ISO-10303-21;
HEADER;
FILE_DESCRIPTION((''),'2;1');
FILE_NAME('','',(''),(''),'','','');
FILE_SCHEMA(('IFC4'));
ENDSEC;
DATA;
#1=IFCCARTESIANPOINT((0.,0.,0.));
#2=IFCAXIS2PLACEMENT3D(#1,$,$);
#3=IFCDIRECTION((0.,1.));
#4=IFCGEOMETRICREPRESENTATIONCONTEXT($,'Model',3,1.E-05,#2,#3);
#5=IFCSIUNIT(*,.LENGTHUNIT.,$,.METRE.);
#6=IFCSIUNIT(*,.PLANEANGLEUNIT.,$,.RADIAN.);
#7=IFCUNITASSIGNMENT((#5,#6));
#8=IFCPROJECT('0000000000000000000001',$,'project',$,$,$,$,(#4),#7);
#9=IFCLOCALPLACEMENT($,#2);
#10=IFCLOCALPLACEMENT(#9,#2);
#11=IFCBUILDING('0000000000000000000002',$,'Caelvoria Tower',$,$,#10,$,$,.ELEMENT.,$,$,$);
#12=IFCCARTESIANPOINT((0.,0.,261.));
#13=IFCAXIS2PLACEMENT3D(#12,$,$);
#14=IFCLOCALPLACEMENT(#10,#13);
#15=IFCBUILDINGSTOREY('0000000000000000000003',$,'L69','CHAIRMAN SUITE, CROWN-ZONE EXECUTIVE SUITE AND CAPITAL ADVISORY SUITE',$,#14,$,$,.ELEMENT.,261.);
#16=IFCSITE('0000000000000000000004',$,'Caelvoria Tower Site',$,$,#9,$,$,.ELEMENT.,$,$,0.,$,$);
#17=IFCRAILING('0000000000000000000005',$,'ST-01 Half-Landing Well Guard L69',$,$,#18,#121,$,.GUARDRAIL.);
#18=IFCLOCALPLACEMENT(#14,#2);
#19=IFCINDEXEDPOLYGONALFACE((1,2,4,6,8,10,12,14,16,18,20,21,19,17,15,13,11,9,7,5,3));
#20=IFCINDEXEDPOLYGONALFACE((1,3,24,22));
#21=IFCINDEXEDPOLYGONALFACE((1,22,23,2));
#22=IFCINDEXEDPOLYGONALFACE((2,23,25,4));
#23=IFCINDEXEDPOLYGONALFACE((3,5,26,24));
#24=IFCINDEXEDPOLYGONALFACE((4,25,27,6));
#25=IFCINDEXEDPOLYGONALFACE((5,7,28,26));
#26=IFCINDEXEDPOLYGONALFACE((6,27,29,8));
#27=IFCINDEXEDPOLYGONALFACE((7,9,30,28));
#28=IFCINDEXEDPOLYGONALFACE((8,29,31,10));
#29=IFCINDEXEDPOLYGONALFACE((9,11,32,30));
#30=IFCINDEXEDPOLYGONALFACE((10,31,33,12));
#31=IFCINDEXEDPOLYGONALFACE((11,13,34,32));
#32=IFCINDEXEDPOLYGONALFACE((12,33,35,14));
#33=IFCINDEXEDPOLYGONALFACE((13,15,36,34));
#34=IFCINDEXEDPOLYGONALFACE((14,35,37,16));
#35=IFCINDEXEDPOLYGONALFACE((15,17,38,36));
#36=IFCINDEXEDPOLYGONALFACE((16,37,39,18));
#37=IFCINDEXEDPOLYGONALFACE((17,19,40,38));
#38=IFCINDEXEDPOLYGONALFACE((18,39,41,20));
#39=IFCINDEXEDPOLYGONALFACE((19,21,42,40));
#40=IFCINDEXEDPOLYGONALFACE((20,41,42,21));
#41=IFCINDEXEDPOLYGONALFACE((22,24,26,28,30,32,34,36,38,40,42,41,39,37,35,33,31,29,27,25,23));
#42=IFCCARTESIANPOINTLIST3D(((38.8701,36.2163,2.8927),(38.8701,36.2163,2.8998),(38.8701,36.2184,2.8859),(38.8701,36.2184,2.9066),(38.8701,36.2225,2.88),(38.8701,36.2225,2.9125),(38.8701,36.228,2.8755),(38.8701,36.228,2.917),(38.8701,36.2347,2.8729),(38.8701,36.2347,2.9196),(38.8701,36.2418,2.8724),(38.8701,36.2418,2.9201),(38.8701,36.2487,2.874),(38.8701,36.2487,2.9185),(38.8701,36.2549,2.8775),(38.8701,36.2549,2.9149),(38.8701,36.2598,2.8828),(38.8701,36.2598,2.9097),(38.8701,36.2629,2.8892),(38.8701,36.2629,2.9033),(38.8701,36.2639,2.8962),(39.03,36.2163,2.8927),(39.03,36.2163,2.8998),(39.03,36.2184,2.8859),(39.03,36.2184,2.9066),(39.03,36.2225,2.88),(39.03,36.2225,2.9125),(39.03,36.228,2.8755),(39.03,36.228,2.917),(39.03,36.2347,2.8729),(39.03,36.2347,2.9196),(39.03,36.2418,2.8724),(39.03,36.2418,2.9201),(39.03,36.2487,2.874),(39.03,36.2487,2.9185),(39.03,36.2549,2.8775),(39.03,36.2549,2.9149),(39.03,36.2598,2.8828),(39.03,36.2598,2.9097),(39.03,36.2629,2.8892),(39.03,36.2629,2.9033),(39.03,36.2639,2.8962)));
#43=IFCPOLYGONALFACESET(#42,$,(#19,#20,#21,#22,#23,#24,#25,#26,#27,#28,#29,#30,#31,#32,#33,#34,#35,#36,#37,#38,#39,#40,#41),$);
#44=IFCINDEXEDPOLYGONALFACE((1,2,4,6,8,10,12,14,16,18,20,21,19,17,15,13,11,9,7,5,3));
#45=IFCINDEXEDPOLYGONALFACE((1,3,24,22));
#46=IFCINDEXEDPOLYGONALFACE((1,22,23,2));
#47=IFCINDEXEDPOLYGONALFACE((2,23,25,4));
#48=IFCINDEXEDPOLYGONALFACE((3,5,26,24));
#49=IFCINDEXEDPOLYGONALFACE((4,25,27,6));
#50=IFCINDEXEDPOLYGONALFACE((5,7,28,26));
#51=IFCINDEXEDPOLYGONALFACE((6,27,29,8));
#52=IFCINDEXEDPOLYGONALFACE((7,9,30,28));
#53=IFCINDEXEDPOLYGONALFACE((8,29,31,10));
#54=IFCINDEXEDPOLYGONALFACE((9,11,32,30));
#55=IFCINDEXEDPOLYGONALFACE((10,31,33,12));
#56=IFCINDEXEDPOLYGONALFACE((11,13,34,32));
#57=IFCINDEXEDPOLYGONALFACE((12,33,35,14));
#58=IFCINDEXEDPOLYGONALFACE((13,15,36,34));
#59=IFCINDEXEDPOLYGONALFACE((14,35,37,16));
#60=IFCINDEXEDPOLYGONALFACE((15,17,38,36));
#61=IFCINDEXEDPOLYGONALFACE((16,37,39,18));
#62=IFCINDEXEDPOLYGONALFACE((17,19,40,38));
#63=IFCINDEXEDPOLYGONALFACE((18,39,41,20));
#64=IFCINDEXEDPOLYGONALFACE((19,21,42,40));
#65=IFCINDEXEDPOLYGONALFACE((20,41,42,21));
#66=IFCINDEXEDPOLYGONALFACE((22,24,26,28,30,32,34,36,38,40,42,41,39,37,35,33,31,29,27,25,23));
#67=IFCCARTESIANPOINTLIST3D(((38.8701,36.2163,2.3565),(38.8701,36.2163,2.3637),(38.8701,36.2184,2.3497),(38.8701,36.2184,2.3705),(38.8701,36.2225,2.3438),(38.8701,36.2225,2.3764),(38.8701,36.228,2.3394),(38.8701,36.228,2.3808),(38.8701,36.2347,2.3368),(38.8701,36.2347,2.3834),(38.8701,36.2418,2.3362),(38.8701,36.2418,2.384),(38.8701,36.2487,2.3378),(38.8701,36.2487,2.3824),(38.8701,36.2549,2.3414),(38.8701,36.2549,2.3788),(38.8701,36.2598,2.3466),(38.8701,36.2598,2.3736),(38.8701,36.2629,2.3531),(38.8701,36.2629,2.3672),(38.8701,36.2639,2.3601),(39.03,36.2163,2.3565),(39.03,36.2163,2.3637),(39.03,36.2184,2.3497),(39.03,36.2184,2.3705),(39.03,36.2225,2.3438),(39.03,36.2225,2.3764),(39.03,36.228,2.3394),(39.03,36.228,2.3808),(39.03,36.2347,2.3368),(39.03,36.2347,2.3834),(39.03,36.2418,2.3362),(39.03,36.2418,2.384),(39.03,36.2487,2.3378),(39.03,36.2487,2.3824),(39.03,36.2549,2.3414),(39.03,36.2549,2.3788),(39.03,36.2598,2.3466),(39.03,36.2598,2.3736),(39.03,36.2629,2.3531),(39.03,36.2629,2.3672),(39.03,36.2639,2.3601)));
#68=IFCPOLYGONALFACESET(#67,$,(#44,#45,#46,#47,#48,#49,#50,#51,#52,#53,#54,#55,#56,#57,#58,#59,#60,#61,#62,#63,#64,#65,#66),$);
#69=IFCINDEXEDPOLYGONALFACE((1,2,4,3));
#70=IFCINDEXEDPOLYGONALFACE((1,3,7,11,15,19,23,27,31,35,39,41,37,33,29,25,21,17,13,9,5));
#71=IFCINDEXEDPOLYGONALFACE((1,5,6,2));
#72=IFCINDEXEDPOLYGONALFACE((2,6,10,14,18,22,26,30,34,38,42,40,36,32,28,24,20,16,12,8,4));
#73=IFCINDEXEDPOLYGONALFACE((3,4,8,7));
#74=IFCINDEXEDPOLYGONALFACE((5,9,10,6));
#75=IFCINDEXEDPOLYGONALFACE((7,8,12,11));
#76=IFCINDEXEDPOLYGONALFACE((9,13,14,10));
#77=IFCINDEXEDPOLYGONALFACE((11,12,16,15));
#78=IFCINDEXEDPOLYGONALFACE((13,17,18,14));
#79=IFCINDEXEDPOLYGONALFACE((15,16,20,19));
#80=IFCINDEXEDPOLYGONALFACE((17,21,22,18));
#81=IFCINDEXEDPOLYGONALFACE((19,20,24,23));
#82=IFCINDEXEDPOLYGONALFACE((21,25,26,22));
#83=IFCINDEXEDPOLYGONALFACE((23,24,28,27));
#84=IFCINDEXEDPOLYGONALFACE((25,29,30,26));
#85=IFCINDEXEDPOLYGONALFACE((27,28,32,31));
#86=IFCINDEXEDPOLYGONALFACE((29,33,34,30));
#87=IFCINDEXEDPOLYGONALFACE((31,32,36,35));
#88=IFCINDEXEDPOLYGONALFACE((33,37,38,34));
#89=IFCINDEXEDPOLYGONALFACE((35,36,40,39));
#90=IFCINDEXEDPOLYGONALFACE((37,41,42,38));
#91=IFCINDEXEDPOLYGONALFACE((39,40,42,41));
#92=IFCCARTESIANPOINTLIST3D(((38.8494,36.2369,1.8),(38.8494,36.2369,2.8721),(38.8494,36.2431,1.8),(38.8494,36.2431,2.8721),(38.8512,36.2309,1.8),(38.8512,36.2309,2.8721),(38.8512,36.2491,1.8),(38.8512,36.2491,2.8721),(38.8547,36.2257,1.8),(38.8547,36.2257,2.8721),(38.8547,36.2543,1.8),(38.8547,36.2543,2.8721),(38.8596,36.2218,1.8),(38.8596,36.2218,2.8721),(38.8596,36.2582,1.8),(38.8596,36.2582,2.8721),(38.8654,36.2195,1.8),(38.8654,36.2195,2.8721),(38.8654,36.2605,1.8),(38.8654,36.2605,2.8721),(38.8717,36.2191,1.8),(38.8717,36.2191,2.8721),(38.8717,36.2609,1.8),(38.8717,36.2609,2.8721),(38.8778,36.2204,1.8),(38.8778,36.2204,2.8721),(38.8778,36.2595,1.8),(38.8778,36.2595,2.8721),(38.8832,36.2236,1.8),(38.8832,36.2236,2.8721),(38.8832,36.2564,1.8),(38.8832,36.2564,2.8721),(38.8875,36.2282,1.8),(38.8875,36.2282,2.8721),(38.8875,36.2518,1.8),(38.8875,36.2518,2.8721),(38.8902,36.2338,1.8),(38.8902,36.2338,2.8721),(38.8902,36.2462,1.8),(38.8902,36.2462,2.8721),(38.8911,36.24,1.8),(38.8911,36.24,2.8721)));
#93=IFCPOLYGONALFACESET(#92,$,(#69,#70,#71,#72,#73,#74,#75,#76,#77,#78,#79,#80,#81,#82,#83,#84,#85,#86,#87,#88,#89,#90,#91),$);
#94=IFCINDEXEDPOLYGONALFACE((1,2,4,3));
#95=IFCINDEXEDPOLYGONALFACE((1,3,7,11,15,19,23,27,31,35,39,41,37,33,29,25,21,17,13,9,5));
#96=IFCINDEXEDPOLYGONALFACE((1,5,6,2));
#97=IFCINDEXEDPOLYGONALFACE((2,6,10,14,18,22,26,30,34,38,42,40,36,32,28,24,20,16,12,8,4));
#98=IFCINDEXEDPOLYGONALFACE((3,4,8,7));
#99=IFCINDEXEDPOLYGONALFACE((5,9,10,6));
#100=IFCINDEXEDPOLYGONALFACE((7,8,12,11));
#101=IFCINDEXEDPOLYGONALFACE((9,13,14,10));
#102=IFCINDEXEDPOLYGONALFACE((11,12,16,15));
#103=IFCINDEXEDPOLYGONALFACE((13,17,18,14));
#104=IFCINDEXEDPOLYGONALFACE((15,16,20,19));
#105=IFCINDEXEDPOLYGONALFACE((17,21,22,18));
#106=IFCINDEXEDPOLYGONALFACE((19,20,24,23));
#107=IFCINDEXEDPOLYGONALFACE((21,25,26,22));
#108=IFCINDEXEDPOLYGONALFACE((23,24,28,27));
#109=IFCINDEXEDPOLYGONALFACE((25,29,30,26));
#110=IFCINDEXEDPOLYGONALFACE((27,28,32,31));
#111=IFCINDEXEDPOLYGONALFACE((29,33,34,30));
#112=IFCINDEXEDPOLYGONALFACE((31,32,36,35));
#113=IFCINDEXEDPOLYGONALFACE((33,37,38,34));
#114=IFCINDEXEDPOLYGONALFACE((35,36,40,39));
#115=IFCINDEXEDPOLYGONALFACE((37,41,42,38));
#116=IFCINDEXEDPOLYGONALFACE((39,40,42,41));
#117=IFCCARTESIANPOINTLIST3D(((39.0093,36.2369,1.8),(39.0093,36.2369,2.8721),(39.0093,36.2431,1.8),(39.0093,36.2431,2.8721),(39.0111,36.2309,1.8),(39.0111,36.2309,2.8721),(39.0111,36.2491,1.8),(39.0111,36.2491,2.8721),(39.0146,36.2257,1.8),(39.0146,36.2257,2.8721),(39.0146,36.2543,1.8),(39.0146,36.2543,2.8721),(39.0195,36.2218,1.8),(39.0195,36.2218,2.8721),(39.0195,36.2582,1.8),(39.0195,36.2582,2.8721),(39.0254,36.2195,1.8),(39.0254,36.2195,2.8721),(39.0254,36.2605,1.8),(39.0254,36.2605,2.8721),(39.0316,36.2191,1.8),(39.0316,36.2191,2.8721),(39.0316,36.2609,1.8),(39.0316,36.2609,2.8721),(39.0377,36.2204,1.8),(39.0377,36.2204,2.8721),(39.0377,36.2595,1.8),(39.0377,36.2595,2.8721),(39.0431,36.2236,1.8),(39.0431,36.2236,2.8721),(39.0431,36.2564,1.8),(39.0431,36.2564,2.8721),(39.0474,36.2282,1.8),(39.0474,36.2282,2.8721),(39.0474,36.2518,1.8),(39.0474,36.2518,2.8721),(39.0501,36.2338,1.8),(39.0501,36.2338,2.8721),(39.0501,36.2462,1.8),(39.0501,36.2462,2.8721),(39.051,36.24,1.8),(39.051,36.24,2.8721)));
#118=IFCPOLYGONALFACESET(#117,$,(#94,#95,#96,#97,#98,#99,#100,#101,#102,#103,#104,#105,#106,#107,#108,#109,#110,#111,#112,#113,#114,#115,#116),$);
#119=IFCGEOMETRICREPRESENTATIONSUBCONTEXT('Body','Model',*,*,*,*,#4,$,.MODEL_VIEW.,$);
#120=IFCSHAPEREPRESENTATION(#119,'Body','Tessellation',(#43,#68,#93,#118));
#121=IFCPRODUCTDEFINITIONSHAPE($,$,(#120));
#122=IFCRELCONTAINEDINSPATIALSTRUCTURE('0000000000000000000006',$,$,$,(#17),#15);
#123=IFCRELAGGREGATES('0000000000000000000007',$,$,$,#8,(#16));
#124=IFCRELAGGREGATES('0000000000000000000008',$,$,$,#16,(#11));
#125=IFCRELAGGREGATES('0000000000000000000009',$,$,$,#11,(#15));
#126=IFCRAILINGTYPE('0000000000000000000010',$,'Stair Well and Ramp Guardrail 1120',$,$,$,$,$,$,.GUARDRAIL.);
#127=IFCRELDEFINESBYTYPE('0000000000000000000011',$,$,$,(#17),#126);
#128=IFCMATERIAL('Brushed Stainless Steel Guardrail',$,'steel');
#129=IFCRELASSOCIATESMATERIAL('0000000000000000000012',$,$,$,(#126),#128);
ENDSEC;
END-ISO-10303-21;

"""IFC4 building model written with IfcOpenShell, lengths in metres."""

from ifc_helpers import new_model, si_unit, direction, frame, origin, origin_2d, place, context, subcontext, project, spatial, circle, extrude, material, type_object, element, save


model = new_model("IFC4")

# Units and contexts
model_context = context("Model", 3, precision=1e-05, world=origin(), true_north=direction((0.0, 1.0)))
body_context = subcontext(model_context, "Body", "Model", "MODEL_VIEW")
ifc_project = project(units=[si_unit("LENGTHUNIT", "METRE"), si_unit("PLANEANGLEUNIT", "RADIAN")], contexts=[model_context])

# Site, building, storey
site_placement = place(None, origin())
site = spatial("IfcSite", under=ifc_project, at=site_placement, Name="Caelvoria Tower Site", CompositionType="ELEMENT", RefElevation=0.0)
building_placement = place(site_placement, origin())
building = spatial("IfcBuilding", under=site, at=building_placement, Name="Caelvoria Tower", CompositionType="ELEMENT")
storey_placement = place(building_placement, frame((0.0, 0.0, 261.0)))
storey = spatial("IfcBuildingStorey", under=building, at=storey_placement, Name="L69", Description="CHAIRMAN SUITE, CROWN-ZONE EXECUTIVE SUITE AND CAPITAL ADVISORY SUITE", CompositionType="ELEMENT", Elevation=261.0)

# Railing
ifc_material_1 = material(Name="Brushed Stainless Steel Guardrail", Category="steel")
railing_type_1 = type_object("IfcRailingType", Name="Stair Well and Ramp Guardrail 1120", PredefinedType="GUARDRAIL", material=ifc_material_1)
railing_1_placement = place(storey_placement, frame((38.8701, 36.24, 1.8)))
element("IfcRailing", 1, at=railing_1_placement, inside=storey, type_object=railing_type_1, Name="ST-01 Half-Landing Well Guard L69", PredefinedType="GUARDRAIL", context=body_context, shape_type="SweptSolid", body=[
    extrude(circle(Radius=0.0239, at=origin_2d()), frame((0.0, 0.0, 1.0962), z_axis=(1.0, 0.0, 0.0), x_axis=(0.0, 1.0, 0.0)), (0.0, 0.0, 1.0), 0.1599),
    extrude(circle(Radius=0.0239, at=origin_2d()), frame((0.0, 0.0, 0.5601), z_axis=(1.0, 0.0, 0.0), x_axis=(0.0, 1.0, 0.0)), (0.0, 0.0, 1.0), 0.1599),
    extrude(circle(Radius=0.021, at=origin_2d()), origin(), (0.0, 0.0, 1.0), 1.072),
    extrude(circle(Radius=0.021, at=origin_2d()), frame((0.1599, 0.0, 0.0)), (0.0, 0.0, 1.0), 1.072),
])

save(model, "model.ifc")
